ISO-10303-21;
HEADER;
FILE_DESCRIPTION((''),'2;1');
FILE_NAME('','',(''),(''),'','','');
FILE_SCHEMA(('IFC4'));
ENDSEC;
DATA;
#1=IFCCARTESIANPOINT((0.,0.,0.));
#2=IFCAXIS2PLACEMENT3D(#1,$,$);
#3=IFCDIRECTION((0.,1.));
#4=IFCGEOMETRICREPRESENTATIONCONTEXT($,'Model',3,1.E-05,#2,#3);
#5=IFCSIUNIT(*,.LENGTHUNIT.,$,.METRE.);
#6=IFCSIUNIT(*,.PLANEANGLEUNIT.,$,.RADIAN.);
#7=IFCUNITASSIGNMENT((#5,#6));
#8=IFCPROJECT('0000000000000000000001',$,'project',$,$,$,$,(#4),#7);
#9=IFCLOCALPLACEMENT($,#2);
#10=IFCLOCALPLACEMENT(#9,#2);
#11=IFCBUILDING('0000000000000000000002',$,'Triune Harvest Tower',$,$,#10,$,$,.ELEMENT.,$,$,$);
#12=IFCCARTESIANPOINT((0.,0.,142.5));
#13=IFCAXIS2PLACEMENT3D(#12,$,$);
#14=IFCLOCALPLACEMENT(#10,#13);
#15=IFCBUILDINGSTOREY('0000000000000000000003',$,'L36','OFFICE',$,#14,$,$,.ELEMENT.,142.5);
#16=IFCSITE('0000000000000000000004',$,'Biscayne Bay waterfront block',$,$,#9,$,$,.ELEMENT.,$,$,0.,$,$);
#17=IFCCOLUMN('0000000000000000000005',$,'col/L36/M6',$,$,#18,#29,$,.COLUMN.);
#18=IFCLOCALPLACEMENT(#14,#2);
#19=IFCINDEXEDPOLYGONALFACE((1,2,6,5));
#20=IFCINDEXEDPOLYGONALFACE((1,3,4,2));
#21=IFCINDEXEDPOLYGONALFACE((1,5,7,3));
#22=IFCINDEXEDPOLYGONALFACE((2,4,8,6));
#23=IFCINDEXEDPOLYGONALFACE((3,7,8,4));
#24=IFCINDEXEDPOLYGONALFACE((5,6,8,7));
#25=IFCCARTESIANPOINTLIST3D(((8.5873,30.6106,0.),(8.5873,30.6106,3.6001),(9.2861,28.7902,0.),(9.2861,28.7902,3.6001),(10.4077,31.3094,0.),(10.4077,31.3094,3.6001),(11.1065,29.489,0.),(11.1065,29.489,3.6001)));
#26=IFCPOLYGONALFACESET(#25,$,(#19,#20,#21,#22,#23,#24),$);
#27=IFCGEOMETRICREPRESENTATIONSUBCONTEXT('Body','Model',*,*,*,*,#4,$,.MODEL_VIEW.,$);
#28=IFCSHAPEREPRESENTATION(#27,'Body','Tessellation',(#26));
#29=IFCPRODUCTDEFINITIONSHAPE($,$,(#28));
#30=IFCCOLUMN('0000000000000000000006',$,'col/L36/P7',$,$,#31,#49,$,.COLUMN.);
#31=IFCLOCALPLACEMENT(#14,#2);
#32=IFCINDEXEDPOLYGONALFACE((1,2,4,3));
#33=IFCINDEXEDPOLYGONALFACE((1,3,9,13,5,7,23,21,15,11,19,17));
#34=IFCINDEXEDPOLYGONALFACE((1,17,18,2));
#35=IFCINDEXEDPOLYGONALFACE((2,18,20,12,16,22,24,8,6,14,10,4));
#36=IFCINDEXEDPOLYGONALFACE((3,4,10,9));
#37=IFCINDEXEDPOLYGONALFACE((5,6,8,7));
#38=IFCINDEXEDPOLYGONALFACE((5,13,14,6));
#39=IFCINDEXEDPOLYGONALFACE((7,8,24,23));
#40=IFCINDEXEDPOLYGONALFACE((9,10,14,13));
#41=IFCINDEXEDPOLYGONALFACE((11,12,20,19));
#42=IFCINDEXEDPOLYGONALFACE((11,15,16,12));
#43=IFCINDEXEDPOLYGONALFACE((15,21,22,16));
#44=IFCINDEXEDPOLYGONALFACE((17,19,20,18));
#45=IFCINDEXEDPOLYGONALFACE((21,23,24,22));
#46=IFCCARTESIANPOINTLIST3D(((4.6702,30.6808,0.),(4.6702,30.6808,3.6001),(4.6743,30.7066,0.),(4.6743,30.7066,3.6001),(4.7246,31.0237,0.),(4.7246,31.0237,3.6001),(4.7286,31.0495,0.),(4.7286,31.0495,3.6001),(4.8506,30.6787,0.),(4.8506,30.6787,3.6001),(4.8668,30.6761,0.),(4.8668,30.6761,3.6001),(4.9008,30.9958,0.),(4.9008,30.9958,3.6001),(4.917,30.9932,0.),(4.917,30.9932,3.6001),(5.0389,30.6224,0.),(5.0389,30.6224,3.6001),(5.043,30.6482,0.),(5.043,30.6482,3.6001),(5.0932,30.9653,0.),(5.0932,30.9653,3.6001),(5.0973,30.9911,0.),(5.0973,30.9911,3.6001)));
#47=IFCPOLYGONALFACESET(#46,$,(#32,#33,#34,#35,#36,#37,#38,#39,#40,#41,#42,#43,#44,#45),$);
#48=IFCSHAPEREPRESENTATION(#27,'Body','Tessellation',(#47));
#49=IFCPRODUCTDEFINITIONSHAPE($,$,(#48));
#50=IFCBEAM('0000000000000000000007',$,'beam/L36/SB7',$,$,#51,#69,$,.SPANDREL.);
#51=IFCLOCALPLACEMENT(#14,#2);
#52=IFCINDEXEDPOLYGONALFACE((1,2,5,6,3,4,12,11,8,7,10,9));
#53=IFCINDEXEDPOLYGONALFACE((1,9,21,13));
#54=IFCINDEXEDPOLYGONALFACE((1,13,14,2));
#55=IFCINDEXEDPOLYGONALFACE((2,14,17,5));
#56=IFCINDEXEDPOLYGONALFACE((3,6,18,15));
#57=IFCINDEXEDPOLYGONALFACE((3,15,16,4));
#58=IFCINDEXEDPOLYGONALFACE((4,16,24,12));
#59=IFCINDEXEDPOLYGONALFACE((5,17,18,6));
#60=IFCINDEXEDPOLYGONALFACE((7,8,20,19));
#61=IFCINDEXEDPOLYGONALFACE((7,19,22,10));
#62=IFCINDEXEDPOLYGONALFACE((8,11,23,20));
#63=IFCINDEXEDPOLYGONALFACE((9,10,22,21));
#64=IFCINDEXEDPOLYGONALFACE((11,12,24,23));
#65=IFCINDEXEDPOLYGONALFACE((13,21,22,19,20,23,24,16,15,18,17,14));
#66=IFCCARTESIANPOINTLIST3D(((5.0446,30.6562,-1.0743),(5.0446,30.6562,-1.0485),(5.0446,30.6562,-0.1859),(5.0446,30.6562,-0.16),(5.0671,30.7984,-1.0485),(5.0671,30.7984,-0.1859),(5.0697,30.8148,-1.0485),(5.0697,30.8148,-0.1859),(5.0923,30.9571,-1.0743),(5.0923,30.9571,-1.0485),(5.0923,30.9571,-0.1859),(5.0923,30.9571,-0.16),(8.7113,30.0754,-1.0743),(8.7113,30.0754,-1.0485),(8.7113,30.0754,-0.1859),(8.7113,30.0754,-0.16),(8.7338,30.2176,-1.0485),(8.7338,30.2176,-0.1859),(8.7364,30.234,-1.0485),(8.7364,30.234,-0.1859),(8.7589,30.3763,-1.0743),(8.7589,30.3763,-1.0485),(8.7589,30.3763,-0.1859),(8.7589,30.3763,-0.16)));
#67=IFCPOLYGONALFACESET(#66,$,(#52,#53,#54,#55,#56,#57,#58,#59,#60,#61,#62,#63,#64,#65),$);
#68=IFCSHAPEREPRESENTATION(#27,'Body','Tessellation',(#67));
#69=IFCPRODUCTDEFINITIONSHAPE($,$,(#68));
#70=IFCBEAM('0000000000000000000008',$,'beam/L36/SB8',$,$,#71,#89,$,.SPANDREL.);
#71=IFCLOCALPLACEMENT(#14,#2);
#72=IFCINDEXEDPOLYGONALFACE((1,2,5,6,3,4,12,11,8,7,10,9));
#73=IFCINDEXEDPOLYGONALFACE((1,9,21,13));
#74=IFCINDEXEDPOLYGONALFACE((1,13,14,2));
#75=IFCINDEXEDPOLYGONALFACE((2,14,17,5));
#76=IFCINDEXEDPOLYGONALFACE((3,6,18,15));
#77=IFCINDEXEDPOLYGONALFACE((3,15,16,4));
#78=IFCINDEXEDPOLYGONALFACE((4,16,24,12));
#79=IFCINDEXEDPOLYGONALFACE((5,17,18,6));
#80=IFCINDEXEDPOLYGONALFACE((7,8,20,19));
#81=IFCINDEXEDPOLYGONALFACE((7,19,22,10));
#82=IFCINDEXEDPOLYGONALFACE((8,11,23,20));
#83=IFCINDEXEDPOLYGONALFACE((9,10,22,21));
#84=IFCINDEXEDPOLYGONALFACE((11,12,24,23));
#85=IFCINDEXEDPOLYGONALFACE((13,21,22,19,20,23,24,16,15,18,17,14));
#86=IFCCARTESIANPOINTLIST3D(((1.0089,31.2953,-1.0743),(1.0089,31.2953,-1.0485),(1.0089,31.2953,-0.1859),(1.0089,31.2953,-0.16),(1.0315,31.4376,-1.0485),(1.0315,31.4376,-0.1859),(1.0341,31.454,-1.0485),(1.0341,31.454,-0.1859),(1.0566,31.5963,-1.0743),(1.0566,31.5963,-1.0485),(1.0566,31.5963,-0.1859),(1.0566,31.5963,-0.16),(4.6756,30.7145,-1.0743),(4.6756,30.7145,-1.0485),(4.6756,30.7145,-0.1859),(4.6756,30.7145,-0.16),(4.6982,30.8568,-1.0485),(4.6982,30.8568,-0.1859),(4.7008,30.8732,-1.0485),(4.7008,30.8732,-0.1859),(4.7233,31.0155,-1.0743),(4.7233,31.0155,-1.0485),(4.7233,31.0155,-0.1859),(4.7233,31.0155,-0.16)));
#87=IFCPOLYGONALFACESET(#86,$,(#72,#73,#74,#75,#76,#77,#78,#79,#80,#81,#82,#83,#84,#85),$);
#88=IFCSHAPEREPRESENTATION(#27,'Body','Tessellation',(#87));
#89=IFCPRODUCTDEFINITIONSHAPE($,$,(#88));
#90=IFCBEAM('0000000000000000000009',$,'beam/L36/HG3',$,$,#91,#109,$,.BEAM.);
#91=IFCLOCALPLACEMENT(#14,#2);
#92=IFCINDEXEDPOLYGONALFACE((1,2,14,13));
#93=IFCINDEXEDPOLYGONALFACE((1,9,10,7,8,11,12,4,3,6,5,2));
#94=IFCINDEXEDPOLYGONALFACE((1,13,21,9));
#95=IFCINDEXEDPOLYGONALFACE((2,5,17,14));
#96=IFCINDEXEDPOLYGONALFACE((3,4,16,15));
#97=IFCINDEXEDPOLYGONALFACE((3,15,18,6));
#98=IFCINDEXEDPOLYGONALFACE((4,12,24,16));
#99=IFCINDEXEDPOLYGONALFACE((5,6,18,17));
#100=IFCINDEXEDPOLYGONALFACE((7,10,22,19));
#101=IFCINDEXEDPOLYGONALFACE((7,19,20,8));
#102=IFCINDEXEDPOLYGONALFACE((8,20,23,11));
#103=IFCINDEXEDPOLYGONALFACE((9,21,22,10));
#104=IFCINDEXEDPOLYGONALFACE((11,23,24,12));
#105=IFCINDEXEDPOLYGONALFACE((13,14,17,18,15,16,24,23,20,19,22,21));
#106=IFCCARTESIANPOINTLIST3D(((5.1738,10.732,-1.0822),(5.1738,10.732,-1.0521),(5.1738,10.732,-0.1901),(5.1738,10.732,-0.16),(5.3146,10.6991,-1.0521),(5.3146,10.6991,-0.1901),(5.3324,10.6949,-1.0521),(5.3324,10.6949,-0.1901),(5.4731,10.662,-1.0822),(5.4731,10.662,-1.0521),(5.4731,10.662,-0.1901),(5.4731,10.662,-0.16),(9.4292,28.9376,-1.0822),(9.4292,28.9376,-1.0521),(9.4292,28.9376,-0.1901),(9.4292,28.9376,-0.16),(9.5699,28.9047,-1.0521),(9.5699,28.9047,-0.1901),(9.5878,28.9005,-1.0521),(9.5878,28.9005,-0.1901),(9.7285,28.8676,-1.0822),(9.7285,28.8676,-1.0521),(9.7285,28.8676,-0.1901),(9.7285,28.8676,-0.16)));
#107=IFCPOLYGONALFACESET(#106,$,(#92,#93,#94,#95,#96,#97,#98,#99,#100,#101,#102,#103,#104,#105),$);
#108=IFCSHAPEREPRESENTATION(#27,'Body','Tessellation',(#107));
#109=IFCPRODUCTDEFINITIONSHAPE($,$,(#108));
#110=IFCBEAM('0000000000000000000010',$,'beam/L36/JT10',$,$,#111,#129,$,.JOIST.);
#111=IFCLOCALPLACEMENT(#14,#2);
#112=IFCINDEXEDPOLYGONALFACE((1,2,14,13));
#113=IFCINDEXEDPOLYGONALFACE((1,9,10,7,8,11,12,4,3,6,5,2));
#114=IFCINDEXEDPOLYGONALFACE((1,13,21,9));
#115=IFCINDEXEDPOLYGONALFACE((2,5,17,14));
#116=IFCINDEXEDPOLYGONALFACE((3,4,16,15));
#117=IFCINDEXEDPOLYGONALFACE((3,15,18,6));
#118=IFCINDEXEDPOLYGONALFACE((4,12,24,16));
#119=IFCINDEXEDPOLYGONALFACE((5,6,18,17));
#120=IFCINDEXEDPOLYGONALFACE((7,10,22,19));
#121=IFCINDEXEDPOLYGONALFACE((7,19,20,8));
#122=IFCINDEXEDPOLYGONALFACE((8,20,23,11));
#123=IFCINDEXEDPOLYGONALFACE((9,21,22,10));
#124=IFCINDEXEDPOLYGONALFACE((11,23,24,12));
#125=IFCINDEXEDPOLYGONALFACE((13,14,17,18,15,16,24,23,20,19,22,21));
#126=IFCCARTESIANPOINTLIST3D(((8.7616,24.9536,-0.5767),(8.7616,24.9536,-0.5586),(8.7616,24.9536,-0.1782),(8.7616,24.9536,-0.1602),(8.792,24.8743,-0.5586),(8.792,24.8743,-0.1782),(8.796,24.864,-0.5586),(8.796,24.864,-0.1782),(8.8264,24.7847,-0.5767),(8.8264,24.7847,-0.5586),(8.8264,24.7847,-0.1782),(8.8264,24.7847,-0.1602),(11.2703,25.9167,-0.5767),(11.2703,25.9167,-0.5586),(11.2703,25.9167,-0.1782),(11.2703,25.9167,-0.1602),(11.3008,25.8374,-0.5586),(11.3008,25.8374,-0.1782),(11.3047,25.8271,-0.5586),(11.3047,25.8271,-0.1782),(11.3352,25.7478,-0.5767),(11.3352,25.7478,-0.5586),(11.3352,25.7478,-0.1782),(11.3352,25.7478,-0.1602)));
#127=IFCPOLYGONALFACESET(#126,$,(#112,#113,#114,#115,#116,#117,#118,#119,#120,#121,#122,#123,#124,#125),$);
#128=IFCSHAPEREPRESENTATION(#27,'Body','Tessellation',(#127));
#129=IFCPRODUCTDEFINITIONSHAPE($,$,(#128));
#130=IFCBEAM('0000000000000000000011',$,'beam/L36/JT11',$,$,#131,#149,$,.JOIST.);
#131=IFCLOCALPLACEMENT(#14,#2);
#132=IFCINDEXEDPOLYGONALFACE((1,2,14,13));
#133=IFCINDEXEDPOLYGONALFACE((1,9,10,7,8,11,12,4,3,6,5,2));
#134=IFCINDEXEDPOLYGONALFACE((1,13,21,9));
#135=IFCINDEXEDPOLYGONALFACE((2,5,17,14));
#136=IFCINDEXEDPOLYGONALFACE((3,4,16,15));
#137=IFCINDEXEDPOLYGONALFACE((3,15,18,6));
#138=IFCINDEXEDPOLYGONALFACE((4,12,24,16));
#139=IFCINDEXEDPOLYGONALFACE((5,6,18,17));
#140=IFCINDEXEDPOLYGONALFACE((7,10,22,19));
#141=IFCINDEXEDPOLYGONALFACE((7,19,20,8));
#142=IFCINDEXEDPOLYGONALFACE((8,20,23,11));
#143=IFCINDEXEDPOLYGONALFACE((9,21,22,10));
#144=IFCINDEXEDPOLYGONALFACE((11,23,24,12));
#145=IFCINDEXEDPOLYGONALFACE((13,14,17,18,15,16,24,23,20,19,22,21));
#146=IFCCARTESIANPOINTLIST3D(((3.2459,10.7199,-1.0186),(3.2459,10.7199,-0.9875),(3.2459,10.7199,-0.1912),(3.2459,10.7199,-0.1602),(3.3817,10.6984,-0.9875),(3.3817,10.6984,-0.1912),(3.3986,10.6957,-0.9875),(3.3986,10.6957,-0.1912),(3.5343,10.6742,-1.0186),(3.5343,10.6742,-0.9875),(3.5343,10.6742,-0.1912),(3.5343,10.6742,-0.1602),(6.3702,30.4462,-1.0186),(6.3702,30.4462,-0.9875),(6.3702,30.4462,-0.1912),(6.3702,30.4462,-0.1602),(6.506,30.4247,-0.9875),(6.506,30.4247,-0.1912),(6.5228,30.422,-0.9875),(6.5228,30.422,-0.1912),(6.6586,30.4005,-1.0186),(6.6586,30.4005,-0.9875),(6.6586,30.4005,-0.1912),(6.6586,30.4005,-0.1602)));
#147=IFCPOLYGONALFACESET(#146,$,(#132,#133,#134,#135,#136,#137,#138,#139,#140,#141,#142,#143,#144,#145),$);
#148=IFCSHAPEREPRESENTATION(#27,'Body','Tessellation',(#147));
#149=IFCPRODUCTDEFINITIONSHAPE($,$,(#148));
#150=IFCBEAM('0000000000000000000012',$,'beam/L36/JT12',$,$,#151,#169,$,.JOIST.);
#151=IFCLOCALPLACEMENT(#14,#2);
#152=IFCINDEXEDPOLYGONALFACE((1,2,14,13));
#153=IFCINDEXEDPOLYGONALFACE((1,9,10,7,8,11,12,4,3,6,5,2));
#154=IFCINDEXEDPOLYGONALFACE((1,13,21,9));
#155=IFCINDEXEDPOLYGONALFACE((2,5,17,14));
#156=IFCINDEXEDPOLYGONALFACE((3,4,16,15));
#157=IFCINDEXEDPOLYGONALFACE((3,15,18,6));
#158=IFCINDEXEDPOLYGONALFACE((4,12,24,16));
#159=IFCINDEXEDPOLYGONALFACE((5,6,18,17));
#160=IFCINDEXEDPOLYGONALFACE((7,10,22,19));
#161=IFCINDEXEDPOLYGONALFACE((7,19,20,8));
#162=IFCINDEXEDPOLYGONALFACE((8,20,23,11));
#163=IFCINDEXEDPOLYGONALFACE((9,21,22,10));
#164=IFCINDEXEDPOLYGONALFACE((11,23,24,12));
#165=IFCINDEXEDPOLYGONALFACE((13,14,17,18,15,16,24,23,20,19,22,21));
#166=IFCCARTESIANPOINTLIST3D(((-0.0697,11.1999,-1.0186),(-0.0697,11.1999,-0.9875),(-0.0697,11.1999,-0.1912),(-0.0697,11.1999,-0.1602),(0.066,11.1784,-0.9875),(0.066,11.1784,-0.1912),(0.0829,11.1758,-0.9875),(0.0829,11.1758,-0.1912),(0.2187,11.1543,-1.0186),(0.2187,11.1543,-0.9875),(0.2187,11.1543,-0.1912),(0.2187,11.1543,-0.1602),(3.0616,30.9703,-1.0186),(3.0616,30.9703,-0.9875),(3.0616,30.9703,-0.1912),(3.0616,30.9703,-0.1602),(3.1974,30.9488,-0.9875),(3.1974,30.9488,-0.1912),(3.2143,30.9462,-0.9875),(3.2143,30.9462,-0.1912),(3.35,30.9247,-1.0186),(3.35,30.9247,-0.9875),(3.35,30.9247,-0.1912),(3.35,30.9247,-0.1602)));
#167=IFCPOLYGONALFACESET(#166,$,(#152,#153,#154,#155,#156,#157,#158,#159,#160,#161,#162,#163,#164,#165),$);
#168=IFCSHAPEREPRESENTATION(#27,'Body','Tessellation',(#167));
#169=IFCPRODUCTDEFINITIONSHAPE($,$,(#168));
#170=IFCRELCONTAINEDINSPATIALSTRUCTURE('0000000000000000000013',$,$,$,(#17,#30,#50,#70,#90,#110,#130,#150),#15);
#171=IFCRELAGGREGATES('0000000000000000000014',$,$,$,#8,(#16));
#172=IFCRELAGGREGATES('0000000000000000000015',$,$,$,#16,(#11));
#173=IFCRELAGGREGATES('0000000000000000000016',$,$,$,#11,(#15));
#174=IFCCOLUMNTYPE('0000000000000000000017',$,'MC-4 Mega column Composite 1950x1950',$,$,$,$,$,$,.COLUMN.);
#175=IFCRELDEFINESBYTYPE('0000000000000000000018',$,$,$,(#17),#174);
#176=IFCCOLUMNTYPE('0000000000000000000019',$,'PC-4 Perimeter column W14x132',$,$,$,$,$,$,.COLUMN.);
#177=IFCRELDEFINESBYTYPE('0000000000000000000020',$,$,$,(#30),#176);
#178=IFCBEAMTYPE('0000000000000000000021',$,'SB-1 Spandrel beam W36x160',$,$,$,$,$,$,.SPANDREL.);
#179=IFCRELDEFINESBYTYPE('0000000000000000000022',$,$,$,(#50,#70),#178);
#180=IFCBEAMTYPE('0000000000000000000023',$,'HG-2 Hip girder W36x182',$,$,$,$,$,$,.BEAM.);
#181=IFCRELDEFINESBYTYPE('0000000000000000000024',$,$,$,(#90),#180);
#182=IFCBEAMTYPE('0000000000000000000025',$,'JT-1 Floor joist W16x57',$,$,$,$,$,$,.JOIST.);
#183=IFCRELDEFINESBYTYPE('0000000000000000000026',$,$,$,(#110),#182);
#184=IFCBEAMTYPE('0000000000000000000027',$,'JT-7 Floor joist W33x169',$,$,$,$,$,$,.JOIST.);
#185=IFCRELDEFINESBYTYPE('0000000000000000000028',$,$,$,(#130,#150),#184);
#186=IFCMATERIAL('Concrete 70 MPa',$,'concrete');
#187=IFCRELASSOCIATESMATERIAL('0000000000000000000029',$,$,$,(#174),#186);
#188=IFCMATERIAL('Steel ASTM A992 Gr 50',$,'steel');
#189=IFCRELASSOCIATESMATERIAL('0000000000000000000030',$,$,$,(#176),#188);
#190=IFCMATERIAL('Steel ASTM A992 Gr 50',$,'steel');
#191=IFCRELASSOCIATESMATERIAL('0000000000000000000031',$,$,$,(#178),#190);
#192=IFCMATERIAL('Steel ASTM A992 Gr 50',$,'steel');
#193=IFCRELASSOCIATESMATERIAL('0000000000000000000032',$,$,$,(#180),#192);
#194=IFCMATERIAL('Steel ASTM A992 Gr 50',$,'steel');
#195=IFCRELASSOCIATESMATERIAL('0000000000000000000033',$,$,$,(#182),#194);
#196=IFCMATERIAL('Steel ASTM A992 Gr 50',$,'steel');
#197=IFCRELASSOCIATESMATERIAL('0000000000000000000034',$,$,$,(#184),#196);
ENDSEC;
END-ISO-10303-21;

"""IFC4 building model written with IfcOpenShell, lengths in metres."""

from ifc_helpers import new_model, si_unit, direction, frame, origin, origin_2d, place, context, subcontext, project, spatial, rectangle, i_section, extrude, source, transform, mapped, material, material_profile, profile_set, type_object, element, save


model = new_model("IFC4")

# Units and contexts
model_context = context("Model", 3, precision=1e-05, world=origin(), true_north=direction((0.0, 1.0)))
body_context = subcontext(model_context, "Body", "Model", "MODEL_VIEW")
ifc_project = project(units=[si_unit("LENGTHUNIT", "METRE"), si_unit("PLANEANGLEUNIT", "RADIAN")], contexts=[model_context])

# Site, building, storey
site_placement = place(None, origin())
site = spatial("IfcSite", under=ifc_project, at=site_placement, Name="Biscayne Bay waterfront block", CompositionType="ELEMENT", RefElevation=0.0)
building_placement = place(site_placement, origin())
building = spatial("IfcBuilding", under=site, at=building_placement, Name="Triune Harvest Tower", CompositionType="ELEMENT")
storey_placement = place(building_placement, frame((0.0, 0.0, 142.5)))
storey = spatial("IfcBuildingStorey", under=building, at=storey_placement, Name="L36", Description="OFFICE", CompositionType="ELEMENT", Elevation=142.5)

# Columns
ifc_material_1 = material(Name="Concrete 70 MPa", Category="concrete")
ifc_material_profile_1 = material_profile(ifc_material_1, rectangle(XDim=1.95, YDim=1.95, at=origin_2d()), Name="Composite 1950x1950")
ifc_profile_set_1 = profile_set([ifc_material_profile_1], Name="Concrete 70 MPa")
column_type_1 = type_object("IfcColumnType", Name="MC-4 Mega column Composite 1950x1950", PredefinedType="COLUMN", material=ifc_profile_set_1)
shared_shape_1 = source(origin(), body_context, "Body", "SweptSolid", [
    extrude(rectangle(XDim=1.95, YDim=1.95, at=origin_2d()), origin(), (0.0, 0.0, 1.0), 3.6001),
])
column_1_placement = place(storey_placement, frame((9.8469, 30.0498, 0.0), z_axis=(0.0, 0.0, 1.0), x_axis=(-0.358368, 0.93358, 0.0)))
element("IfcColumn", 1, at=column_1_placement, inside=storey, type_object=column_type_1, Name="col/L36/M6", PredefinedType="COLUMN", context=body_context, shape_type="MappedRepresentation", body=[
    mapped(shared_shape_1, transform((0.0, 0.0, 0.0), scale=1.0)),
])
ifc_material_2 = material(Name="Steel ASTM A992 Gr 50", Category="steel")
ifc_material_profile_2 = material_profile(ifc_material_2, i_section(OverallWidth=0.3733, OverallDepth=0.3733, WebThickness=0.0164, FlangeThickness=0.0261, at=origin_2d()), Name="W14x132")
ifc_profile_set_2 = profile_set([ifc_material_profile_2], Name="Steel ASTM A992 Gr 50")
column_type_2 = type_object("IfcColumnType", Name="PC-4 Perimeter column W14x132", PredefinedType="COLUMN", material=ifc_profile_set_2)
shared_shape_2 = source(origin(), body_context, "Body", "SweptSolid", [
    extrude(i_section(OverallWidth=0.3733, OverallDepth=0.3733, WebThickness=0.0164, FlangeThickness=0.0261, at=origin_2d()), origin(), (0.0, 0.0, 1.0), 3.6001),
])
column_2_placement = place(storey_placement, frame((4.8838, 30.8359, 0.0), z_axis=(0.0, 0.0, 1.0), x_axis=(-0.987688, 0.156434, 0.0)))
element("IfcColumn", 2, at=column_2_placement, inside=storey, type_object=column_type_2, Name="col/L36/P7", PredefinedType="COLUMN", context=body_context, shape_type="MappedRepresentation", body=[
    mapped(shared_shape_2, transform((0.0, 0.0, 0.0), scale=1.0)),
])

# Beams
ifc_material_3 = material(Name="Steel ASTM A992 Gr 50", Category="steel")
ifc_material_profile_3 = material_profile(ifc_material_3, i_section(OverallWidth=0.3047, OverallDepth=0.9143, WebThickness=0.0166, FlangeThickness=0.0259, at=origin_2d()), Name="W36x160")
ifc_profile_set_3 = profile_set([ifc_material_profile_3], Name="Steel ASTM A992 Gr 50")
beam_type_1 = type_object("IfcBeamType", Name="SB-1 Spandrel beam W36x160", PredefinedType="SPANDREL", material=ifc_profile_set_3)
shared_shape_3 = source(origin(), body_context, "Body", "SweptSolid", [
    extrude(i_section(OverallWidth=0.3047, OverallDepth=0.9143, WebThickness=0.0166, FlangeThickness=0.0259, at=origin_2d()), origin(), (0.0, 0.0, 1.0), 3.7124),
])
for number, where, z_axis, x_axis, name in (
    (3, (8.7351, 30.2258, -0.6172), (-0.987686, 0.156449, 0.0), (-0.156449, -0.987686, 0.0), "beam/L36/SB7"),
    (4, (4.6995, 30.865, -0.6172), (-0.987686, 0.156449, 0.0), (-0.156449, -0.987686, 0.0), "beam/L36/SB8"),
):
    element("IfcBeam", number, at=place(storey_placement, frame(where, z_axis=z_axis, x_axis=x_axis)), inside=storey, type_object=beam_type_1, Name=name, PredefinedType="SPANDREL", context=body_context, shape_type="MappedRepresentation", body=[
        mapped(shared_shape_3, transform((0.0, 0.0, 0.0), scale=1.0)),
    ])
ifc_material_4 = material(Name="Steel ASTM A992 Gr 50", Category="steel")
ifc_material_profile_4 = material_profile(ifc_material_4, i_section(OverallWidth=0.3074, OverallDepth=0.9221, WebThickness=0.0183, FlangeThickness=0.03, at=origin_2d()), Name="W36x182")
ifc_profile_set_4 = profile_set([ifc_material_profile_4], Name="Steel ASTM A992 Gr 50")
beam_type_2 = type_object("IfcBeamType", Name="HG-2 Hip girder W36x182", PredefinedType="BEAM", material=ifc_profile_set_4)
shared_shape_4 = source(origin(), body_context, "Body", "SweptSolid", [
    extrude(i_section(OverallWidth=0.3074, OverallDepth=0.9221, WebThickness=0.0183, FlangeThickness=0.03, at=origin_2d()), origin(), (0.0, 0.0, 1.0), 18.6963),
])
beam_1_placement = place(storey_placement, frame((9.5789, 28.9026, -0.6211), z_axis=(-0.227605, -0.973753, 0.0), x_axis=(0.973753, -0.227605, 0.0)))
element("IfcBeam", 5, at=beam_1_placement, inside=storey, type_object=beam_type_2, Name="beam/L36/HG3", PredefinedType="BEAM", context=body_context, shape_type="MappedRepresentation", body=[
    mapped(shared_shape_4, transform((0.0, 0.0, 0.0), scale=1.0)),
])
ifc_material_5 = material(Name="Steel ASTM A992 Gr 50", Category="steel")
ifc_material_profile_5 = material_profile(ifc_material_5, i_section(OverallWidth=0.1809, OverallDepth=0.4165, WebThickness=0.011, FlangeThickness=0.0181, at=origin_2d()), Name="W16x57")
ifc_profile_set_5 = profile_set([ifc_material_profile_5], Name="Steel ASTM A992 Gr 50")
beam_type_3 = type_object("IfcBeamType", Name="JT-1 Floor joist W16x57", PredefinedType="JOIST", material=ifc_profile_set_5)
shared_shape_5 = source(origin(), body_context, "Body", "SweptSolid", [
    extrude(i_section(OverallWidth=0.1809, OverallDepth=0.4165, WebThickness=0.011, FlangeThickness=0.0181, at=origin_2d()), origin(), (0.0, 0.0, 1.0), 2.6873),
])
beam_2_placement = place(storey_placement, frame((11.3027, 25.8323, -0.3684), z_axis=(-0.933568, -0.358401, 0.0), x_axis=(0.358401, -0.933568, 0.0)))
element("IfcBeam", 6, at=beam_2_placement, inside=storey, type_object=beam_type_3, Name="beam/L36/JT10", PredefinedType="JOIST", context=body_context, shape_type="MappedRepresentation", body=[
    mapped(shared_shape_5, transform((0.0, 0.0, 0.0), scale=1.0)),
])
ifc_material_6 = material(Name="Steel ASTM A992 Gr 50", Category="steel")
ifc_material_profile_6 = material_profile(ifc_material_6, i_section(OverallWidth=0.292, OverallDepth=0.8584, WebThickness=0.0171, FlangeThickness=0.031, at=origin_2d()), Name="W33x169")
ifc_profile_set_6 = profile_set([ifc_material_profile_6], Name="Steel ASTM A992 Gr 50")
beam_type_4 = type_object("IfcBeamType", Name="JT-7 Floor joist W33x169", PredefinedType="JOIST", material=ifc_profile_set_6)
shared_shape_6 = source(origin(), body_context, "Body", "SweptSolid", [
    extrude(i_section(OverallWidth=0.292, OverallDepth=0.8584, WebThickness=0.0171, FlangeThickness=0.031, at=origin_2d()), origin(), (0.0, 0.0, 1.0), 19.9722),
])
beam_3_placement = place(storey_placement, frame((6.5144, 30.4233, -0.5894), z_axis=(-0.156431, -0.987689, 0.0), x_axis=(0.987689, -0.156431, 0.0)))
element("IfcBeam", 7, at=beam_3_placement, inside=storey, type_object=beam_type_4, Name="beam/L36/JT11", PredefinedType="JOIST", context=body_context, shape_type="MappedRepresentation", body=[
    mapped(shared_shape_6, transform((0.0, 0.0, 0.0), scale=1.0)),
])
shared_shape_7 = source(origin(), body_context, "Body", "SweptSolid", [
    extrude(i_section(OverallWidth=0.292, OverallDepth=0.8584, WebThickness=0.0171, FlangeThickness=0.031, at=origin_2d()), origin(), (0.0, 0.0, 1.0), 20.0168),
])
beam_4_placement = place(storey_placement, frame((3.2058, 30.9475, -0.5894), z_axis=(-0.156435, -0.987688, 0.0), x_axis=(0.987688, -0.156435, 0.0)))
element("IfcBeam", 8, at=beam_4_placement, inside=storey, type_object=beam_type_4, Name="beam/L36/JT12", PredefinedType="JOIST", context=body_context, shape_type="MappedRepresentation", body=[
    mapped(shared_shape_7, transform((0.0, 0.0, 0.0), scale=1.0)),
])

save(model, "model.ifc")
